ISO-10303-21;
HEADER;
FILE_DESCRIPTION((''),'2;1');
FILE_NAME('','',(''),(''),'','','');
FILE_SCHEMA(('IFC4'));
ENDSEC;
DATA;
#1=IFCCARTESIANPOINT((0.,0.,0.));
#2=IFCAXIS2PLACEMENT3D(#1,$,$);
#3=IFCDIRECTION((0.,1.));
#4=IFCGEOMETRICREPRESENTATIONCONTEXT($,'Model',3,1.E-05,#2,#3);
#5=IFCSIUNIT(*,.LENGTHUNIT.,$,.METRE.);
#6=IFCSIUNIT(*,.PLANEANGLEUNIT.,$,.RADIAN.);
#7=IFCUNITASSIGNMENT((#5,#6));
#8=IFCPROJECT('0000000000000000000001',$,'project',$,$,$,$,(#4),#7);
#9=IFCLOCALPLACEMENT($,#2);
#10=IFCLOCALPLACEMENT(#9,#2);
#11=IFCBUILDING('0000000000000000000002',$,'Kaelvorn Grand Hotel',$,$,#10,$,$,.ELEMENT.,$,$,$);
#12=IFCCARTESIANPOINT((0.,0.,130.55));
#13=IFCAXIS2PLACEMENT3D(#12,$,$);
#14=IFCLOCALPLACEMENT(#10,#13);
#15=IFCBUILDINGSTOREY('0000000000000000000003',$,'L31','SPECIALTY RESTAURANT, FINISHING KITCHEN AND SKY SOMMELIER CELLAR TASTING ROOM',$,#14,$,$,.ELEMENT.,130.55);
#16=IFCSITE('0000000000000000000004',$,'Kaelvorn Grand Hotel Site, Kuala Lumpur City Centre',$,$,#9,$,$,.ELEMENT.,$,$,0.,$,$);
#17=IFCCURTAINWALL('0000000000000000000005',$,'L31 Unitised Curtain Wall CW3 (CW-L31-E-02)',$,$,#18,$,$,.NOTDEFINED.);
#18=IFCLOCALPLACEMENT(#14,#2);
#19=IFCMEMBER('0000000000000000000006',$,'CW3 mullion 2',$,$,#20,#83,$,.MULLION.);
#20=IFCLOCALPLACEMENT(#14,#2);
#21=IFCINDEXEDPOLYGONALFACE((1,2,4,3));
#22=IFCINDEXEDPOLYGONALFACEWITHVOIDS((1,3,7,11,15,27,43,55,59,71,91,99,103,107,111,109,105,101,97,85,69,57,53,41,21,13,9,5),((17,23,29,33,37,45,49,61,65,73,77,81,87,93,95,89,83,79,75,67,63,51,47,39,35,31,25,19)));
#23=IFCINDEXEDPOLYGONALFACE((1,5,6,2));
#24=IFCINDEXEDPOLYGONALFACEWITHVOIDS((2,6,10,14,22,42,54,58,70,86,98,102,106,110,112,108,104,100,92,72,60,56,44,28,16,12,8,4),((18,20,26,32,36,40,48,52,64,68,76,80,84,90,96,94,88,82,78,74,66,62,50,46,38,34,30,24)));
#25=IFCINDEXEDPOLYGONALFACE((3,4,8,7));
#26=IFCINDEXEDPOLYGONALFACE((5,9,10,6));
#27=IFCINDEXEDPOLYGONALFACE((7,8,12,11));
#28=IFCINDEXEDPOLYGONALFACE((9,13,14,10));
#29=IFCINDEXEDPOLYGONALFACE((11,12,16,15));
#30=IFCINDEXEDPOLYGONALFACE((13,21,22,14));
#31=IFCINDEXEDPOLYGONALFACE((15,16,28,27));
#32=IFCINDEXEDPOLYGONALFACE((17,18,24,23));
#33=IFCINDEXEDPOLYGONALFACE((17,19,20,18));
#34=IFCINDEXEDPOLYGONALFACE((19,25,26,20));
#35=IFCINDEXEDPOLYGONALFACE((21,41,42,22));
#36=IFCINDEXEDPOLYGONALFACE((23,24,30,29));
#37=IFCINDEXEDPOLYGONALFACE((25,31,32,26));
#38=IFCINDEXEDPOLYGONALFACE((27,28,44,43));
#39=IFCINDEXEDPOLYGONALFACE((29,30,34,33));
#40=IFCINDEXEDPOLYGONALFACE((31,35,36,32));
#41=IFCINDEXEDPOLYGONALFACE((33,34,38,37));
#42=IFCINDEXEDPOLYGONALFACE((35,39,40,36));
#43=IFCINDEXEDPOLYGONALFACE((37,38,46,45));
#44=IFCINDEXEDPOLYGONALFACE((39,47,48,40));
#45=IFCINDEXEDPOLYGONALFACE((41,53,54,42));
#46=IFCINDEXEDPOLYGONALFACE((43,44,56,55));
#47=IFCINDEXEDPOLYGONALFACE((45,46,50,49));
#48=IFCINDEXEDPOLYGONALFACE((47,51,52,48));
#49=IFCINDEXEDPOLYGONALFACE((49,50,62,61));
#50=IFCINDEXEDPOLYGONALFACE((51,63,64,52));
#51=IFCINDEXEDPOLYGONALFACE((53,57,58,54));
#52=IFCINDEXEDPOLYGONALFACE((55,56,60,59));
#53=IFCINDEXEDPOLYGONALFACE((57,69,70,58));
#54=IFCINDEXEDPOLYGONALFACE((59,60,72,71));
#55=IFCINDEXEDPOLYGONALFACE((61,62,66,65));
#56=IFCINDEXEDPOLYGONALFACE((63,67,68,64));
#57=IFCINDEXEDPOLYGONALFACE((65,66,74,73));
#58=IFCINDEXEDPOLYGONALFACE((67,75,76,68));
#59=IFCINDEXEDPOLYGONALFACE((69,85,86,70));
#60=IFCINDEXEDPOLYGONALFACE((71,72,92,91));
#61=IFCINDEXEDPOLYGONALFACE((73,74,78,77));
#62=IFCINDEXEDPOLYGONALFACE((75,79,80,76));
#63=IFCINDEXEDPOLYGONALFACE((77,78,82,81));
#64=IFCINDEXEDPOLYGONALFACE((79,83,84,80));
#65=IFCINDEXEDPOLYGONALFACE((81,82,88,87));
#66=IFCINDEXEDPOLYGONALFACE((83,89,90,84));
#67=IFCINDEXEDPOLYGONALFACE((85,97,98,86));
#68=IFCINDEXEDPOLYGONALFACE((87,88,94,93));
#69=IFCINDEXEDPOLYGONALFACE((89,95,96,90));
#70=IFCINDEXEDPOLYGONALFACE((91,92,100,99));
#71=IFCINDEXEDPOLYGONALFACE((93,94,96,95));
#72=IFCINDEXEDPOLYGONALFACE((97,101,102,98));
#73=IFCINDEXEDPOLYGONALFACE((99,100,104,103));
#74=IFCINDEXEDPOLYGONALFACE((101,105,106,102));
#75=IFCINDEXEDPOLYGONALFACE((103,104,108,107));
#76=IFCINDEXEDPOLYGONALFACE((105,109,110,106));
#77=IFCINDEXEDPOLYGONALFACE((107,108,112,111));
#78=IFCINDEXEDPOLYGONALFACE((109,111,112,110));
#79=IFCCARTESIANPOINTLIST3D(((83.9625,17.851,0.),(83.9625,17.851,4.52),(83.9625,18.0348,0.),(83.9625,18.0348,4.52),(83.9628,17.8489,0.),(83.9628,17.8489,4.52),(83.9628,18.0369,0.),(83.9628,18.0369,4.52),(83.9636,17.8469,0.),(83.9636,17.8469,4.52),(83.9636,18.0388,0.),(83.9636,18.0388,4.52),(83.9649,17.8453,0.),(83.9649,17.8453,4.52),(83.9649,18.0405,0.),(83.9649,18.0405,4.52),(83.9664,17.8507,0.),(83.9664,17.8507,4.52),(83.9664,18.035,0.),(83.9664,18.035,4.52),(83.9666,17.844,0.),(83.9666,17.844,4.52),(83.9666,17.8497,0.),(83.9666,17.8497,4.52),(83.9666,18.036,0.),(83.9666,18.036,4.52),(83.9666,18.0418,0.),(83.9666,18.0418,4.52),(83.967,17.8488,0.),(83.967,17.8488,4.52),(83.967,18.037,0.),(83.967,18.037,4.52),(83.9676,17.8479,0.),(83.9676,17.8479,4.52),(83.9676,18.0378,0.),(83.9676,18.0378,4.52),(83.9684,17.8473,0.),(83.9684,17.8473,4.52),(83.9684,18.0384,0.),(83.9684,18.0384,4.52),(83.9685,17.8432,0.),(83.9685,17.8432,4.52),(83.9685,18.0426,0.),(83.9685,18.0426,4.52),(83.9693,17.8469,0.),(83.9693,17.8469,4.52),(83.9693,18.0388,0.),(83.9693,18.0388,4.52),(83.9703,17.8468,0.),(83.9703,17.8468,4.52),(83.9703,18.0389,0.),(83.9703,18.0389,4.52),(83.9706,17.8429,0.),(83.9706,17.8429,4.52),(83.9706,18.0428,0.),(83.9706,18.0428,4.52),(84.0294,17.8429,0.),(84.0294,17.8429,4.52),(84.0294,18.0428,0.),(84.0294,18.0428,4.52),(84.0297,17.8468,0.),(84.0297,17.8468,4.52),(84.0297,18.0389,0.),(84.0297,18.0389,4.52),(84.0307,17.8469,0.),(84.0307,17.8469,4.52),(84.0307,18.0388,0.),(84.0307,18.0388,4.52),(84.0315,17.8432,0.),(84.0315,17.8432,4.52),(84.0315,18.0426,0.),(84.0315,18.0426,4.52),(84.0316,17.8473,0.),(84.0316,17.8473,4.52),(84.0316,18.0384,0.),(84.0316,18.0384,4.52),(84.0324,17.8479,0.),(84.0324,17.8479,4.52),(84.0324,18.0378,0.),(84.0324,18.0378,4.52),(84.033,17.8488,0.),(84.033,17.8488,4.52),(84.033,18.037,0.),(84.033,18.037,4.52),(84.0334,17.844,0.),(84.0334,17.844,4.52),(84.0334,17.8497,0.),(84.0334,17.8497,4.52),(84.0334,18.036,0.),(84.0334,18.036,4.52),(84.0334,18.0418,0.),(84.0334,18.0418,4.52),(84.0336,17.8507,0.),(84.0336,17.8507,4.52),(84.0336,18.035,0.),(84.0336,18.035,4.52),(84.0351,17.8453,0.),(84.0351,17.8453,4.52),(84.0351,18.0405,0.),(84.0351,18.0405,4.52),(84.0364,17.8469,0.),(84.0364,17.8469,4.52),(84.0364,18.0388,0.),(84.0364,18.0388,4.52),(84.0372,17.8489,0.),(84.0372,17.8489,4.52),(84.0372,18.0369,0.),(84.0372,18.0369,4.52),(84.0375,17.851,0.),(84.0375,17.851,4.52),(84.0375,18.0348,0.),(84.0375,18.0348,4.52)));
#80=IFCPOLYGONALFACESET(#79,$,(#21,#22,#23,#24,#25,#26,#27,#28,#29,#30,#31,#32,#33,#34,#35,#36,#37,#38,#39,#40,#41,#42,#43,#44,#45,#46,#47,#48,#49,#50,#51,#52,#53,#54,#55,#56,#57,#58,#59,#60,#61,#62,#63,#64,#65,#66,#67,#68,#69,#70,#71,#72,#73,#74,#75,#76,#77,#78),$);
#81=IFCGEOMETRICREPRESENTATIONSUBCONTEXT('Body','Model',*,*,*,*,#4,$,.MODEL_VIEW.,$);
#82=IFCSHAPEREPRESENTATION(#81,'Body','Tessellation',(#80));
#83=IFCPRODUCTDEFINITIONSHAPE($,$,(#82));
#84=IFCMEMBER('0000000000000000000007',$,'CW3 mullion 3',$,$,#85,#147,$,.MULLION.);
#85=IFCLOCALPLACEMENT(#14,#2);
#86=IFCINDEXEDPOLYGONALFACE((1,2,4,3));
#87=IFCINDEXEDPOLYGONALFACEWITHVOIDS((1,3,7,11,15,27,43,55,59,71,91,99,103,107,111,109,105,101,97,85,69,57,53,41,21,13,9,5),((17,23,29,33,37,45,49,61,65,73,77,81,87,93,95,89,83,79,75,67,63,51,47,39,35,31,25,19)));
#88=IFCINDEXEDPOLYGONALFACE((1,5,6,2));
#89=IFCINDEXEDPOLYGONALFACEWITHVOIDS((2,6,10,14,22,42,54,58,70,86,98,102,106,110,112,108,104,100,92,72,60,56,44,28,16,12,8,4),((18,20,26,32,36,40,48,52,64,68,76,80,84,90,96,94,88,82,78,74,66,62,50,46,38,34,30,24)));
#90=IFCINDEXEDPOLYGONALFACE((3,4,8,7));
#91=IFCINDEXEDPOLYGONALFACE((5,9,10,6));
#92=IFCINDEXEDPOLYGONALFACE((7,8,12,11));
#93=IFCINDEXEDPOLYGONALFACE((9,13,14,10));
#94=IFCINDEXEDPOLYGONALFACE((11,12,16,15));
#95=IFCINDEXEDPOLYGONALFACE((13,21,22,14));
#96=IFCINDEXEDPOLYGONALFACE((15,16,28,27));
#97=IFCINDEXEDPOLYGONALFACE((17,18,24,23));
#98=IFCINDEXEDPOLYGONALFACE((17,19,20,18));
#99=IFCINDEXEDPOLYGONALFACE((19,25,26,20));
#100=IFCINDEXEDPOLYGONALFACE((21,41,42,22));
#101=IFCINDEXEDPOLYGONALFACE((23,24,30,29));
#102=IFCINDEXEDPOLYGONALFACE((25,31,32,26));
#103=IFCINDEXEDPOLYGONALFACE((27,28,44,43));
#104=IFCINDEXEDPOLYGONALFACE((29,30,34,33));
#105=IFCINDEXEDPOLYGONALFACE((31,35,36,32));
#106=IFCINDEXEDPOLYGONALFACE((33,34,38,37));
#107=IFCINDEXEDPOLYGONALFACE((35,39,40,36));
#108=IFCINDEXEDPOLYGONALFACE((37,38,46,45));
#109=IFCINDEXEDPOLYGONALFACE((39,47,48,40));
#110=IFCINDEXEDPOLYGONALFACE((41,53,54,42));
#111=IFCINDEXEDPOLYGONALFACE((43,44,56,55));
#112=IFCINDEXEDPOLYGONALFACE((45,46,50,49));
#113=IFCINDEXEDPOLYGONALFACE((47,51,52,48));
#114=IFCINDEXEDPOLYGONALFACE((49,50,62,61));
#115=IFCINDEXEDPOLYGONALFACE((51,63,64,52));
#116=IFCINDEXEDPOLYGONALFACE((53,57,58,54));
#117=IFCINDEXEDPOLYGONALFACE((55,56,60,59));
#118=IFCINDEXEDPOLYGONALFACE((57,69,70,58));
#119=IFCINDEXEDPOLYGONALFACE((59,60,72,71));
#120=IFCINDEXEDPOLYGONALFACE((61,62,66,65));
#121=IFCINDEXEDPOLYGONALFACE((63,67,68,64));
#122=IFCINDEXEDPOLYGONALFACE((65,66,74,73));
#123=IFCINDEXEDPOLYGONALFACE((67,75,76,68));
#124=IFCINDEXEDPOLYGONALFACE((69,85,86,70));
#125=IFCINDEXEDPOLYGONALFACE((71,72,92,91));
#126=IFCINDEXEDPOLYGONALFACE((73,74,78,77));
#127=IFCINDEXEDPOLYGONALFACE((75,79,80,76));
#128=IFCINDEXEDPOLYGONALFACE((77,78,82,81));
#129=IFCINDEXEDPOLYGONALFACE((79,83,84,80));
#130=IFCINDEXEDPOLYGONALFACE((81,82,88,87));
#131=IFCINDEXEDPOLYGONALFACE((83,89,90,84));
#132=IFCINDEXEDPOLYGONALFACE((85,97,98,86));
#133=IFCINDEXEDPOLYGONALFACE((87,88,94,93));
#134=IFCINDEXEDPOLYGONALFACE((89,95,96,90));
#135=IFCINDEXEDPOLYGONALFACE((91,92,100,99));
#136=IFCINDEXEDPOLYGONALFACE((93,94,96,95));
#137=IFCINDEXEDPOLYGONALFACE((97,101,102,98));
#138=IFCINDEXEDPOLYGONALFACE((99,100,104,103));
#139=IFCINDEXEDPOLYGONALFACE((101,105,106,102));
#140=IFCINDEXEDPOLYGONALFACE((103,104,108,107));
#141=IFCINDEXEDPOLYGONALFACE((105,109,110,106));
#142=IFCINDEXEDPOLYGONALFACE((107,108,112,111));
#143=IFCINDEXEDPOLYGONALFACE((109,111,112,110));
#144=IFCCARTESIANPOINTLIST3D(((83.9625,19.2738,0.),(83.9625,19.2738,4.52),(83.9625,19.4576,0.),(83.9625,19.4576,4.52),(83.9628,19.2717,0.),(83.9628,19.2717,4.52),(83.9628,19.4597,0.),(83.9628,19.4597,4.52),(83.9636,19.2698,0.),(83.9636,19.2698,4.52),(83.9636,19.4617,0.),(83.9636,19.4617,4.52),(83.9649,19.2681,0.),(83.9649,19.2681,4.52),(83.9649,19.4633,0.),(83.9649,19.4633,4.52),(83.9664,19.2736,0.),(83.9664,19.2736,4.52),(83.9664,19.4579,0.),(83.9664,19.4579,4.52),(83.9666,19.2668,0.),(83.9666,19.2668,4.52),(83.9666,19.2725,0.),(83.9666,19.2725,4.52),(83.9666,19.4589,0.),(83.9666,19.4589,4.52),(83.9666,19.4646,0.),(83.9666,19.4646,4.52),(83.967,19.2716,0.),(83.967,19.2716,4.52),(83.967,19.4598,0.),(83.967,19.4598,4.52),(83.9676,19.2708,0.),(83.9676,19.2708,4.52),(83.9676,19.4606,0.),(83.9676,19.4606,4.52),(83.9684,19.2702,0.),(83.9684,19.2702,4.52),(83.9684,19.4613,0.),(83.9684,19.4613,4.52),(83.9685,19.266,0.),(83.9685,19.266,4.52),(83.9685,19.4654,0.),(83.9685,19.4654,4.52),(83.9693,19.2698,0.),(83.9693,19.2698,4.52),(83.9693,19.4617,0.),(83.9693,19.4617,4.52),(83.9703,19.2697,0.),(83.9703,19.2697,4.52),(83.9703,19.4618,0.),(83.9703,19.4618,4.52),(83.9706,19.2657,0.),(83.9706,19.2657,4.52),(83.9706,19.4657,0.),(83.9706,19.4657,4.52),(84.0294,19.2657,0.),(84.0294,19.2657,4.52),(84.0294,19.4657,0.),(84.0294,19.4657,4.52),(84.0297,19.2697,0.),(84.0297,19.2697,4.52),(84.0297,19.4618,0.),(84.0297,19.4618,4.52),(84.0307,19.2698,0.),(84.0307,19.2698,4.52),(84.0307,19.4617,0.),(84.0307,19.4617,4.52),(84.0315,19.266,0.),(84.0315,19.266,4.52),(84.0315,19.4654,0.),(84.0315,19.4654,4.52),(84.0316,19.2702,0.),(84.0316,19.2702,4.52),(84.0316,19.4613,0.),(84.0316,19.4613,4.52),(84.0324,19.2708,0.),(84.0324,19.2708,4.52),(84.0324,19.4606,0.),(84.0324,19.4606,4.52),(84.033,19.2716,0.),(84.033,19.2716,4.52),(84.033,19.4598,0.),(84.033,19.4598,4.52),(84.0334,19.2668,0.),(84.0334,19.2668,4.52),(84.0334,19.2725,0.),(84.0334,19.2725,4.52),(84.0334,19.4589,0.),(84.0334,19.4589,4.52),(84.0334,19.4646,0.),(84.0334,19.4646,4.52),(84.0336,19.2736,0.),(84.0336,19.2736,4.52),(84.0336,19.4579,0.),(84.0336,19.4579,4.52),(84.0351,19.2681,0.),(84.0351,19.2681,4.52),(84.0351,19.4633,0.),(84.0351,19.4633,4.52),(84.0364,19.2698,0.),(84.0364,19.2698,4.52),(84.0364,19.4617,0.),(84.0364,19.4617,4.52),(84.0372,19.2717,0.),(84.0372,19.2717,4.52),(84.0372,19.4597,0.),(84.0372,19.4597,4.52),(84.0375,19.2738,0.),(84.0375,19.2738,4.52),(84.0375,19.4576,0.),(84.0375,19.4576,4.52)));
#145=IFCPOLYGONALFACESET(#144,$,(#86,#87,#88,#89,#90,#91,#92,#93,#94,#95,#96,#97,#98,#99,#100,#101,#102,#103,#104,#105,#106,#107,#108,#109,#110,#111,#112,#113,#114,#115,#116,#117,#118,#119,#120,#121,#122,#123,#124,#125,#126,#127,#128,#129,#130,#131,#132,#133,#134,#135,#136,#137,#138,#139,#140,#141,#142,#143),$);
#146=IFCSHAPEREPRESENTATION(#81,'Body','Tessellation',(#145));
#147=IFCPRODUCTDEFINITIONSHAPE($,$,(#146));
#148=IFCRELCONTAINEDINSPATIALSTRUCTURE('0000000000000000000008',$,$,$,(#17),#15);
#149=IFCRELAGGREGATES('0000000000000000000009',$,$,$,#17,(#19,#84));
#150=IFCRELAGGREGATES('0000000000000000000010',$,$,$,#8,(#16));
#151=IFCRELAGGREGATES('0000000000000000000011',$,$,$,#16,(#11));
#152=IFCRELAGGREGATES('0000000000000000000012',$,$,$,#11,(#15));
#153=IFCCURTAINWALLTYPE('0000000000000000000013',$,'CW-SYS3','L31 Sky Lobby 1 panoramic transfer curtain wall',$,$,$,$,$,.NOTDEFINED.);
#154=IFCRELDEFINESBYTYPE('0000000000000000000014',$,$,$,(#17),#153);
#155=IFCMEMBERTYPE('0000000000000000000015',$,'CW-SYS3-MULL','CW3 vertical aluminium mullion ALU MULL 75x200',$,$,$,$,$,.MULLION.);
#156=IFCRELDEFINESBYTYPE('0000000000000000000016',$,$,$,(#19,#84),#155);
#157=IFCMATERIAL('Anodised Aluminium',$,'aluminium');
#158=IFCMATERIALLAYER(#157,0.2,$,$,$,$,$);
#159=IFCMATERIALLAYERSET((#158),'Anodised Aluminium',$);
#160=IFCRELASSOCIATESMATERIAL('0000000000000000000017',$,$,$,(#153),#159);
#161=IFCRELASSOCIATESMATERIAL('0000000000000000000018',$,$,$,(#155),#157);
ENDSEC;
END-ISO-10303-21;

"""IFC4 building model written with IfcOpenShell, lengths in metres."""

from ifc_helpers import new_model, si_unit, direction, frame, origin, origin_2d, place, context, subcontext, project, spatial, hollow_rectangle, extrude, material, layer, layer_set, material_profile, profile_set, type_object, element, aggregate, save


model = new_model("IFC4")

# Units and contexts
model_context = context("Model", 3, precision=1e-05, world=origin(), true_north=direction((0.0, 1.0)))
body_context = subcontext(model_context, "Body", "Model", "MODEL_VIEW")
ifc_project = project(units=[si_unit("LENGTHUNIT", "METRE"), si_unit("PLANEANGLEUNIT", "RADIAN")], contexts=[model_context])

# Site, building, storey
site_placement = place(None, origin())
site = spatial("IfcSite", under=ifc_project, at=site_placement, Name="Kaelvorn Grand Hotel Site, Kuala Lumpur City Centre", CompositionType="ELEMENT", RefElevation=0.0)
building_placement = place(site_placement, origin())
building = spatial("IfcBuilding", under=site, at=building_placement, Name="Kaelvorn Grand Hotel", CompositionType="ELEMENT")
storey_placement = place(building_placement, frame((0.0, 0.0, 130.55)))
storey = spatial("IfcBuildingStorey", under=building, at=storey_placement, Name="L31", Description="SPECIALTY RESTAURANT, FINISHING KITCHEN AND SKY SOMMELIER CELLAR TASTING ROOM", CompositionType="ELEMENT", Elevation=130.55)

# Shared definitions
ifc_material_1 = material(Name="Anodised Aluminium", Category="aluminium")
ifc_layer_1 = layer(ifc_material_1, 0.2)
ifc_layer_set_1 = layer_set([ifc_layer_1], Name="Anodised Aluminium")
curtain_wall_type = type_object("IfcCurtainWallType", Name="CW-SYS3", Description="L31 Sky Lobby 1 panoramic transfer curtain wall", PredefinedType="NOTDEFINED", material=ifc_layer_set_1)
ifc_material_profile_1 = material_profile(ifc_material_1, hollow_rectangle(XDim=0.075, YDim=0.2, WallThickness=0.0039, InnerFilletRadius=0.0039, OuterFilletRadius=0.0081, at=origin_2d()), Name="ALU MULL 75x200")
ifc_profile_set_1 = profile_set([ifc_material_profile_1], Name="Anodised Aluminium")
member_type_1 = type_object("IfcMemberType", Name="CW-SYS3-MULL", Description="CW3 vertical aluminium mullion ALU MULL 75x200", PredefinedType="MULLION", material=ifc_profile_set_1)

# Curtain wall, members
curtain_wall_1_placement = place(storey_placement, origin())
curtain_wall_1 = element("IfcCurtainWall", 1, at=curtain_wall_1_placement, inside=storey, type_object=curtain_wall_type, Name="L31 Unitised Curtain Wall CW3 (CW-L31-E-02)", PredefinedType="NOTDEFINED")
member_1_placement = place(storey_placement, frame((84.0, 17.9429, 0.0), z_axis=(0.0, 0.0, 1.0), x_axis=(-1.0, 0.0, 0.0)))
member_1 = element("IfcMember", 2, at=member_1_placement, type_object=member_type_1, Name="CW3 mullion 2", PredefinedType="MULLION", context=body_context, shape_type="SweptSolid", body=[
    extrude(hollow_rectangle(XDim=0.075, YDim=0.2, WallThickness=0.0039, InnerFilletRadius=0.0039, OuterFilletRadius=0.0081, at=origin_2d()), origin(), (0.0, 0.0, 1.0), 4.52),
])
member_2_placement = place(storey_placement, frame((84.0, 19.3657, 0.0), z_axis=(0.0, 0.0, 1.0), x_axis=(-1.0, 0.0, 0.0)))
member_2 = element("IfcMember", 3, at=member_2_placement, type_object=member_type_1, Name="CW3 mullion 3", PredefinedType="MULLION", context=body_context, shape_type="SweptSolid", body=[
    extrude(hollow_rectangle(XDim=0.075, YDim=0.2, WallThickness=0.0039, InnerFilletRadius=0.0039, OuterFilletRadius=0.0081, at=origin_2d()), origin(), (0.0, 0.0, 1.0), 4.52),
])

aggregate(curtain_wall_1, [member_1, member_2])

save(model, "model.ifc")
